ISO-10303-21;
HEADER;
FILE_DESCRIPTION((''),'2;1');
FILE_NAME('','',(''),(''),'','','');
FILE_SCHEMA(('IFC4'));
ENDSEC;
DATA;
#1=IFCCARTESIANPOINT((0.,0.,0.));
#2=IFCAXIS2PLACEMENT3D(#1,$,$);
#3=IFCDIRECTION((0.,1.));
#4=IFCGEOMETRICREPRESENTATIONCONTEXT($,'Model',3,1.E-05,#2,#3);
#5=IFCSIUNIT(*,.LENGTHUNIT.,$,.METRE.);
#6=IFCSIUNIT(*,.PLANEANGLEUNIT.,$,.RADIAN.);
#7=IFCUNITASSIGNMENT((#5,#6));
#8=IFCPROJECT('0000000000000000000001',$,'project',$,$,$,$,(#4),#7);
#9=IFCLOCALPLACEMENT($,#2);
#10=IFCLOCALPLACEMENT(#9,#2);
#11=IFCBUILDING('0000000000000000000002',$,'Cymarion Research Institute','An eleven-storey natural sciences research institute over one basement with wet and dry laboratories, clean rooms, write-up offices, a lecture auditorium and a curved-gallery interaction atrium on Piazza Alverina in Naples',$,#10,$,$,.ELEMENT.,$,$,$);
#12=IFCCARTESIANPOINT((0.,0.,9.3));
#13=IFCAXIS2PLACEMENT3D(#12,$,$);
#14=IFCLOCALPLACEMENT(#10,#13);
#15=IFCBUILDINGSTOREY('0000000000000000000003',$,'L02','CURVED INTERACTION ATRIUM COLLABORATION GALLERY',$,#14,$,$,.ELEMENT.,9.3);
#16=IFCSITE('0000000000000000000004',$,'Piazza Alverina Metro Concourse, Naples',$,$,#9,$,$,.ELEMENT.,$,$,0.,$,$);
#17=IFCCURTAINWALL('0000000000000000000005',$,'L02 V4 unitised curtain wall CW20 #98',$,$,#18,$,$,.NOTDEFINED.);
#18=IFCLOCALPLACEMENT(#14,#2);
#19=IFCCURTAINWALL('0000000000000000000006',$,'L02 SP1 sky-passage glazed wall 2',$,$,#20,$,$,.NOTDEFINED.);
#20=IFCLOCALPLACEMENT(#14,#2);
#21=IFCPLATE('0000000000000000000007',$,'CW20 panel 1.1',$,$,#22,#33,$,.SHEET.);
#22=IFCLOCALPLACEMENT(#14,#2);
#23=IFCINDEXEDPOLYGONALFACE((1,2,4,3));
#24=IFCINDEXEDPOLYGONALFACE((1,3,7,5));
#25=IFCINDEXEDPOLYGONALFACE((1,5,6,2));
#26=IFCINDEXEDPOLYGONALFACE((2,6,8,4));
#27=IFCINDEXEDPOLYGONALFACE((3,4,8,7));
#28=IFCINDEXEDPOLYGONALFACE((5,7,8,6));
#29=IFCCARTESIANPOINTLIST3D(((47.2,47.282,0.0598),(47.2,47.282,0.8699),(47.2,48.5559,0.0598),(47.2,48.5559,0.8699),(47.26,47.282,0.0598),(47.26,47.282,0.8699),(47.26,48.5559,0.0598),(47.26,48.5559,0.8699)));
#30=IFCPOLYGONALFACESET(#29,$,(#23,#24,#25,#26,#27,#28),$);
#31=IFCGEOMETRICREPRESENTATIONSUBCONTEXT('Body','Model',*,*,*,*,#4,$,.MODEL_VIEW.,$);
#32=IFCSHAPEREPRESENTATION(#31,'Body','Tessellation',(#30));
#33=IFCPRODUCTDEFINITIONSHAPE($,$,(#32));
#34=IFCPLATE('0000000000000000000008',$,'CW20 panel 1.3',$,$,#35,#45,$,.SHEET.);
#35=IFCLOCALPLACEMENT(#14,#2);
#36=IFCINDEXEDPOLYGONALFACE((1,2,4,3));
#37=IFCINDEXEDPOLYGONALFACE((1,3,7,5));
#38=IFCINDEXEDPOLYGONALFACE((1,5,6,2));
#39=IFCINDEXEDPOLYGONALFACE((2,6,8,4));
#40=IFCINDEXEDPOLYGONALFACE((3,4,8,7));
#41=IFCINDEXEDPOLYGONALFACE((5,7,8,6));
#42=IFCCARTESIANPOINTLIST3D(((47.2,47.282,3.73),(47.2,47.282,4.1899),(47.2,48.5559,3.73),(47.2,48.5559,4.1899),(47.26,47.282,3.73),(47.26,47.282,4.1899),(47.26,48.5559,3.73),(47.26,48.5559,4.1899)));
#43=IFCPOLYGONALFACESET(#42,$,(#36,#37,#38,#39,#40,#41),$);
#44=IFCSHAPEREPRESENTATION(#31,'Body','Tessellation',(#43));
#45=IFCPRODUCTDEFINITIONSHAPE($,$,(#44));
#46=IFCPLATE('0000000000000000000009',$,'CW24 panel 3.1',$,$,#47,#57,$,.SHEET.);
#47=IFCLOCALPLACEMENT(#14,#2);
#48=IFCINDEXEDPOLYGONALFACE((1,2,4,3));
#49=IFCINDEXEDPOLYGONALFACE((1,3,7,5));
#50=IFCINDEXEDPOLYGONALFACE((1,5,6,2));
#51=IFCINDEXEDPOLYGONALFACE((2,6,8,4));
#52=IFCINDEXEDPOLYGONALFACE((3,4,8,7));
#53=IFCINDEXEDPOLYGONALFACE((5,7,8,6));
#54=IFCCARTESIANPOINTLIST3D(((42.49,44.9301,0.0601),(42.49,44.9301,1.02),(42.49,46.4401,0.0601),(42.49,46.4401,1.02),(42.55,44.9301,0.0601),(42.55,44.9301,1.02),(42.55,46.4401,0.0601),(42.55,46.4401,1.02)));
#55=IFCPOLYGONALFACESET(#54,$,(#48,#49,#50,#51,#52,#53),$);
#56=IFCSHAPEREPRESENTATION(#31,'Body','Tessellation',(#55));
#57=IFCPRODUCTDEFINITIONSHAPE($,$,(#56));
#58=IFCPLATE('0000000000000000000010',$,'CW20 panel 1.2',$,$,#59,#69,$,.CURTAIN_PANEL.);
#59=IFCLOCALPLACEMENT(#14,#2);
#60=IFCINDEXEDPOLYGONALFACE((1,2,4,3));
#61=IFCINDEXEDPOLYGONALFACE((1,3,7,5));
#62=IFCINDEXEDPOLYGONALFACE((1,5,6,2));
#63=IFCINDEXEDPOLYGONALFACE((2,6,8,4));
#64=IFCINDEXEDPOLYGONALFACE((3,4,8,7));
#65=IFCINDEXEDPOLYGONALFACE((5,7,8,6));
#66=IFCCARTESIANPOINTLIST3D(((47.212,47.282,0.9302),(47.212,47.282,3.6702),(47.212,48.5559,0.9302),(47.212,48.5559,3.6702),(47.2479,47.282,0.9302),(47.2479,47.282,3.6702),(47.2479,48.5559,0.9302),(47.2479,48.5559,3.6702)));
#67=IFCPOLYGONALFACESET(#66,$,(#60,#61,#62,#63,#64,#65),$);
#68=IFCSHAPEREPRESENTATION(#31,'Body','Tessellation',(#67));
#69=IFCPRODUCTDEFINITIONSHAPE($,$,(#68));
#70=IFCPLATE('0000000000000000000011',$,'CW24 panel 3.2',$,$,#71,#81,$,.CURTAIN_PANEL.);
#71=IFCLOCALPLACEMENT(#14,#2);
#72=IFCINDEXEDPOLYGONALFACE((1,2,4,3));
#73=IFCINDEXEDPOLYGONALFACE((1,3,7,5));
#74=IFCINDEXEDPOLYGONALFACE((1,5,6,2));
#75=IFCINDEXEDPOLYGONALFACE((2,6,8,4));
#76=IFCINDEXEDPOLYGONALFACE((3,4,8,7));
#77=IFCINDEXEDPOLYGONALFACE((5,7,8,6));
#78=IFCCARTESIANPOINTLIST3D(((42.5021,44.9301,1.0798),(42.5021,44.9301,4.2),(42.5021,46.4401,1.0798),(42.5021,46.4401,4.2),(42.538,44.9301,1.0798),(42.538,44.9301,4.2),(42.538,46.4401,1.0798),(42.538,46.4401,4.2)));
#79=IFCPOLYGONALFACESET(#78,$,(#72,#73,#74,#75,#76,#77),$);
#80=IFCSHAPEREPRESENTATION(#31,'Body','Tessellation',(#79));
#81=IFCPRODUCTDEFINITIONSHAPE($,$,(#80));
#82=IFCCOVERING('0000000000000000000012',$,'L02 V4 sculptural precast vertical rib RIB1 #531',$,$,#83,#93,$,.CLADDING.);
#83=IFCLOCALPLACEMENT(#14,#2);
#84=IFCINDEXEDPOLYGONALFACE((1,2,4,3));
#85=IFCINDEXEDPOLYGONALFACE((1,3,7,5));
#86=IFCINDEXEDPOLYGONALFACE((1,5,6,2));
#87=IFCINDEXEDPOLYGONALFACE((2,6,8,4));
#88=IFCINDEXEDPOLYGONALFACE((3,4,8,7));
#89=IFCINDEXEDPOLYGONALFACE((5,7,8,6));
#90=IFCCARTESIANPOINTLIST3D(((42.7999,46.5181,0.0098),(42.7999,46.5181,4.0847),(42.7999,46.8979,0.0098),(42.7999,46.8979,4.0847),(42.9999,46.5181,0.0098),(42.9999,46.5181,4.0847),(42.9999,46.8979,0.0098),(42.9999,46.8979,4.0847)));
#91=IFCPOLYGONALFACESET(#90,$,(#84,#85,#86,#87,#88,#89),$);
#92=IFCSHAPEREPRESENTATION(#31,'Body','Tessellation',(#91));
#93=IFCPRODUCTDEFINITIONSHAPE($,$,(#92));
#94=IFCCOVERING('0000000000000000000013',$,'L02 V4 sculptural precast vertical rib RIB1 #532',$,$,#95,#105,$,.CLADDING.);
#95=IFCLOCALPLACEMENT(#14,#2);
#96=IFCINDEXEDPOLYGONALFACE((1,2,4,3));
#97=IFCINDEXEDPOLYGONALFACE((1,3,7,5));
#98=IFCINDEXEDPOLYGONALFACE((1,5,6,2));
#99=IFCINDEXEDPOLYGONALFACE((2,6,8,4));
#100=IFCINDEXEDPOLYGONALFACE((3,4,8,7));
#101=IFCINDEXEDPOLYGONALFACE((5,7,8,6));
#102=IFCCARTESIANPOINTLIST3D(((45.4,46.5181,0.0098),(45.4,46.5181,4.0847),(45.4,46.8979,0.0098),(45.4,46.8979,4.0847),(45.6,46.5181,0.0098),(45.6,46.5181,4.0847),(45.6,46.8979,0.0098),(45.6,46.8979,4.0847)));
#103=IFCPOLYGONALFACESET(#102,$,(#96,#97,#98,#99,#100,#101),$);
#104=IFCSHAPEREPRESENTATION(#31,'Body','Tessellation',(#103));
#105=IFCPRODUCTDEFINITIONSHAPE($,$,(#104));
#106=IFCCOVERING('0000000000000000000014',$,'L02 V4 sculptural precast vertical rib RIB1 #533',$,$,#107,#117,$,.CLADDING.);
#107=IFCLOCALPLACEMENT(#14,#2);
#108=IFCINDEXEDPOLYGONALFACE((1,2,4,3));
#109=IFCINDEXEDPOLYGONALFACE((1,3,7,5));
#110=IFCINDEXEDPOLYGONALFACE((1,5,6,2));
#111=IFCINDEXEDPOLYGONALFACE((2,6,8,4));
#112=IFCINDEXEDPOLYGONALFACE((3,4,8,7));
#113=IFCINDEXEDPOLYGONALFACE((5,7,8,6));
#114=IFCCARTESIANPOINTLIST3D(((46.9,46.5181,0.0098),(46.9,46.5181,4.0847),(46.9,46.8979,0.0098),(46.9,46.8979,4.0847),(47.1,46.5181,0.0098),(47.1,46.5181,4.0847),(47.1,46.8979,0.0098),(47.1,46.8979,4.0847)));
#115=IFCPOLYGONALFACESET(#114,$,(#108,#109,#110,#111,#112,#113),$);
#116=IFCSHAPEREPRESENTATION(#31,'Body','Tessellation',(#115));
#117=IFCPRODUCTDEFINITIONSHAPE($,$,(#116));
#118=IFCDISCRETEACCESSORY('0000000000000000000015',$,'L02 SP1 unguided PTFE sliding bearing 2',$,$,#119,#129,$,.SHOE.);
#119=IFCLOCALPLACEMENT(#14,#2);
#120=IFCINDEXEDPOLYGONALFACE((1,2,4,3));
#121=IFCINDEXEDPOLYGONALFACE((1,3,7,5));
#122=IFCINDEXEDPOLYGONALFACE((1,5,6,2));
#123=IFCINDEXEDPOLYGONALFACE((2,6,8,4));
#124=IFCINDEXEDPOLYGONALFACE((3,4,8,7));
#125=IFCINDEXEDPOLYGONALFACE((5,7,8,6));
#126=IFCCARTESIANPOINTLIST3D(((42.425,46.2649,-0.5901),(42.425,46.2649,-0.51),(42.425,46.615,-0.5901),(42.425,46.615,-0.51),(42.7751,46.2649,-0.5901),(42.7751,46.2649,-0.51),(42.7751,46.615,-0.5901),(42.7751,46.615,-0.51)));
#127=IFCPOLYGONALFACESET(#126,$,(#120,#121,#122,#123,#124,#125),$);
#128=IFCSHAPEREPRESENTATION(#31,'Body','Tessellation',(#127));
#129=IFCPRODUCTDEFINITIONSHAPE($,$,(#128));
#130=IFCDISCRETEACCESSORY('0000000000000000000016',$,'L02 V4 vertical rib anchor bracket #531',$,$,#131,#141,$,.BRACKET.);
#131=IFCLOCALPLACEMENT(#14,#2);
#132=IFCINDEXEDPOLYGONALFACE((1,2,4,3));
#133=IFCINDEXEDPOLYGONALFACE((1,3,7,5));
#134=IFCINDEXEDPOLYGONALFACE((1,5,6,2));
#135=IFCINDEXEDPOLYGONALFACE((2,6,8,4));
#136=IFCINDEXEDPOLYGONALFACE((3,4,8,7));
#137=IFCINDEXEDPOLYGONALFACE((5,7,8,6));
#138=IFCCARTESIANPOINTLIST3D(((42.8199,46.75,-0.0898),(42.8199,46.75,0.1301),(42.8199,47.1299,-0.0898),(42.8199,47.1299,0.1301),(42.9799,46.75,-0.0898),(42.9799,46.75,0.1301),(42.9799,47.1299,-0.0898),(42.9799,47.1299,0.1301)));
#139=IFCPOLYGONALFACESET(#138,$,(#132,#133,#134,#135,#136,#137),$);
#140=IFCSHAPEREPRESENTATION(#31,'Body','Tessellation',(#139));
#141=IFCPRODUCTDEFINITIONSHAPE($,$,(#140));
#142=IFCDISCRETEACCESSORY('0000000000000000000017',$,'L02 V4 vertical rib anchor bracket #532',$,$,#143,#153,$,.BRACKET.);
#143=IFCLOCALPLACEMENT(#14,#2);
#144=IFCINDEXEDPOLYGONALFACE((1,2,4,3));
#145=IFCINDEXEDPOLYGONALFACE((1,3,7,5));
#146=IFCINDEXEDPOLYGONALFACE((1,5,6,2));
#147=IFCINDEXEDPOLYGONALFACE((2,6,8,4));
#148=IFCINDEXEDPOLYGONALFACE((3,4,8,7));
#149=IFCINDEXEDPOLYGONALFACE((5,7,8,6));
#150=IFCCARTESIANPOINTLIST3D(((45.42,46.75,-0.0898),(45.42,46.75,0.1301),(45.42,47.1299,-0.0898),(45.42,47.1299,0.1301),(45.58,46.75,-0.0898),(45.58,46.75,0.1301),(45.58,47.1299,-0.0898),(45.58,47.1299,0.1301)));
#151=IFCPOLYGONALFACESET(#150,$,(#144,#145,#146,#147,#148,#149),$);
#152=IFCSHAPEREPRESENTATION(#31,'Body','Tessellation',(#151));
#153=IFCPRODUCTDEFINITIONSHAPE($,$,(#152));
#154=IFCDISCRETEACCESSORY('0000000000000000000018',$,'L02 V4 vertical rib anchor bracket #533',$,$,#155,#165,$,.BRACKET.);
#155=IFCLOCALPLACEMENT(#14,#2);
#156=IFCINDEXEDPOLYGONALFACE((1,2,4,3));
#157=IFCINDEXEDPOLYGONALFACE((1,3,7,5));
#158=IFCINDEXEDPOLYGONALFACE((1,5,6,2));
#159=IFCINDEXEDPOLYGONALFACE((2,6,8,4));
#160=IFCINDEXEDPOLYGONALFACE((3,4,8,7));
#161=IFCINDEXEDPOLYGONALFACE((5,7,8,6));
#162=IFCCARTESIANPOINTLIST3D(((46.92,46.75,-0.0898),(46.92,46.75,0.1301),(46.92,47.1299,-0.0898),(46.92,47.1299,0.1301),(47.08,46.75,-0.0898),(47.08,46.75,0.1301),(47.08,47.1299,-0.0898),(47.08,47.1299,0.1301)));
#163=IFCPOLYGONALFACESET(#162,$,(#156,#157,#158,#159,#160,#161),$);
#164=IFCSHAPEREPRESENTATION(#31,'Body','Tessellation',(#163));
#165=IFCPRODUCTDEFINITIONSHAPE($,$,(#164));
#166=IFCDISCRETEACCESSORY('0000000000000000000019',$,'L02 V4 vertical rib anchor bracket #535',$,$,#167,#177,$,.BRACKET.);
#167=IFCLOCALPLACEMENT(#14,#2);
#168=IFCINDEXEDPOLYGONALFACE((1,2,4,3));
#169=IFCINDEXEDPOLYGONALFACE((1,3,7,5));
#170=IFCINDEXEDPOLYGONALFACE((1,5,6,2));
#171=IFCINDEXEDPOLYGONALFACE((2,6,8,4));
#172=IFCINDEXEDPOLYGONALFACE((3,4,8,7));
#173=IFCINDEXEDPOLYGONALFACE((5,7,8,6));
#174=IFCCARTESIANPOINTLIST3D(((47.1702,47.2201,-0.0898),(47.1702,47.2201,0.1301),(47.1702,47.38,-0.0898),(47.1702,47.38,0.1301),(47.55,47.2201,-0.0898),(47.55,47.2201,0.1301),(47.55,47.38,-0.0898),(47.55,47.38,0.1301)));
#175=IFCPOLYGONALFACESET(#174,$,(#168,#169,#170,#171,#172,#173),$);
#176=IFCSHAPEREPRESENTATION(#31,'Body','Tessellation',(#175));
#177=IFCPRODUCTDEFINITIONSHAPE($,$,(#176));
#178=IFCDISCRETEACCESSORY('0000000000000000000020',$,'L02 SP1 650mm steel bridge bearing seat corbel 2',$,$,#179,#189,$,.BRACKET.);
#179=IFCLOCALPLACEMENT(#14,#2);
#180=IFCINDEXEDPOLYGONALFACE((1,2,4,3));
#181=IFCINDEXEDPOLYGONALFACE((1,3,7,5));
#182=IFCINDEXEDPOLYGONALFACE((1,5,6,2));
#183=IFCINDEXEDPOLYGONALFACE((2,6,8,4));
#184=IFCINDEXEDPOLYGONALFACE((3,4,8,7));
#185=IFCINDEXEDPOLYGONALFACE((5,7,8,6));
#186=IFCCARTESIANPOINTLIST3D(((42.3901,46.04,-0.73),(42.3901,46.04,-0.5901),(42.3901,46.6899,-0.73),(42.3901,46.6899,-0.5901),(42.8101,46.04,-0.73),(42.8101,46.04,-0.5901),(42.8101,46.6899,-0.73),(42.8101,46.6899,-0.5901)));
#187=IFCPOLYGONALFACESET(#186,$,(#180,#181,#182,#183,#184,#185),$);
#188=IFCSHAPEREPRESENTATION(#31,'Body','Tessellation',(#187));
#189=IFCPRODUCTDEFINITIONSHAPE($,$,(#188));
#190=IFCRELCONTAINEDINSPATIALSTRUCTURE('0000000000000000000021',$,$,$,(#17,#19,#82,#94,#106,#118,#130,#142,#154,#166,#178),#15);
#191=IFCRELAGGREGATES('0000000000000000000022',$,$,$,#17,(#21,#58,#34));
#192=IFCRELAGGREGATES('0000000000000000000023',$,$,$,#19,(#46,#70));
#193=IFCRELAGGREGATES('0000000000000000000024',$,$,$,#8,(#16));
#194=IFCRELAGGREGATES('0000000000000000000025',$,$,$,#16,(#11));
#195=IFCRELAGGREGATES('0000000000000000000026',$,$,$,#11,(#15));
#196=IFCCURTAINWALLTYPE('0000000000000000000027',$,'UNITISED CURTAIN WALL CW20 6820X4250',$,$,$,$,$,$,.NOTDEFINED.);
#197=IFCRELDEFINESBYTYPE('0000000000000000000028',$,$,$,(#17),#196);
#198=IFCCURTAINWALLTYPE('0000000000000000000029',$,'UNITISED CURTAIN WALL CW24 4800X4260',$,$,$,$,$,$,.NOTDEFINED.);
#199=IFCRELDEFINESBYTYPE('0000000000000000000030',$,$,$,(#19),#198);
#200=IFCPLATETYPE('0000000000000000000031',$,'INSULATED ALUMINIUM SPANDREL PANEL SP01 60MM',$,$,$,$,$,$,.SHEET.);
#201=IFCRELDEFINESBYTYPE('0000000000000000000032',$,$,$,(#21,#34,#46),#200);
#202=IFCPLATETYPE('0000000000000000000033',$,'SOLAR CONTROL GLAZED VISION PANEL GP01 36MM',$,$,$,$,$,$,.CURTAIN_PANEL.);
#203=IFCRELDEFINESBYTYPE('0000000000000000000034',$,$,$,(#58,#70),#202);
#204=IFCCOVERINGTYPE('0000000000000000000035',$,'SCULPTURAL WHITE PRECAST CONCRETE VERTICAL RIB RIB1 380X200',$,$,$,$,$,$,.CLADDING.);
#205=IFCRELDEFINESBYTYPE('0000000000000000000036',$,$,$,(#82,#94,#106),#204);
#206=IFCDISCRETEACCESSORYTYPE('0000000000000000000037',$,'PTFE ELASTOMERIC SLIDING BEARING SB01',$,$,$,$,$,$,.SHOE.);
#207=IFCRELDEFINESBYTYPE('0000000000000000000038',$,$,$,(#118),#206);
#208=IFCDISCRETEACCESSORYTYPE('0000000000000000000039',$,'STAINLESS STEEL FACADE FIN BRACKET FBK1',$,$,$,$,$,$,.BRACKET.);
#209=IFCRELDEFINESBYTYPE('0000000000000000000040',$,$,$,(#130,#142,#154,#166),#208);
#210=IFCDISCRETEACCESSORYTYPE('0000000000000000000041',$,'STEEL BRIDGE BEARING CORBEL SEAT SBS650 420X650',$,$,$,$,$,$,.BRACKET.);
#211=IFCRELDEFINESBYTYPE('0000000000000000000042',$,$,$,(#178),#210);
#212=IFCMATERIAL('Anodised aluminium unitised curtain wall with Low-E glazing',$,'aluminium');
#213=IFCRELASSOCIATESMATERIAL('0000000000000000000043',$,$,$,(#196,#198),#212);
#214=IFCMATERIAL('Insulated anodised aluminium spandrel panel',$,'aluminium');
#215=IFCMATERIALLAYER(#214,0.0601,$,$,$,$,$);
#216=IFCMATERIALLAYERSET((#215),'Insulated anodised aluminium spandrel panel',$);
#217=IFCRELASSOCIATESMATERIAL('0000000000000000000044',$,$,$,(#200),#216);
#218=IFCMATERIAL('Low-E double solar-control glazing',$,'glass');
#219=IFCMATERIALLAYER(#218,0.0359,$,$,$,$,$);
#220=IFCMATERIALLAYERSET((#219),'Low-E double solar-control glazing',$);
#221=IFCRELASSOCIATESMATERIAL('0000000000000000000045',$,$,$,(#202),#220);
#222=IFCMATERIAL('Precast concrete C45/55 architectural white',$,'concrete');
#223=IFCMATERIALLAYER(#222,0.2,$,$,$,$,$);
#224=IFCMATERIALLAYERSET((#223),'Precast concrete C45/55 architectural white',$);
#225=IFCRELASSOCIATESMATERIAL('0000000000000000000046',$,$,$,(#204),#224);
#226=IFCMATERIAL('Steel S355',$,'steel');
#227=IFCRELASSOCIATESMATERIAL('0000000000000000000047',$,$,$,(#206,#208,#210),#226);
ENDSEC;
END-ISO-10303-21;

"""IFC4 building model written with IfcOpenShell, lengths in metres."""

from ifc_helpers import new_model, si_unit, direction, frame, origin, origin_2d, place, context, subcontext, project, spatial, rectangle, extrude, material, layer, layer_set, type_object, element, aggregate, save


model = new_model("IFC4")

# Units and contexts
model_context = context("Model", 3, precision=1e-05, world=origin(), true_north=direction((0.0, 1.0)))
body_context = subcontext(model_context, "Body", "Model", "MODEL_VIEW")
ifc_project = project(units=[si_unit("LENGTHUNIT", "METRE"), si_unit("PLANEANGLEUNIT", "RADIAN")], contexts=[model_context])

# Site, building, storey
site_placement = place(None, origin())
site = spatial("IfcSite", under=ifc_project, at=site_placement, Name="Piazza Alverina Metro Concourse, Naples", CompositionType="ELEMENT", RefElevation=0.0)
building_placement = place(site_placement, origin())
building = spatial("IfcBuilding", under=site, at=building_placement, Name="Cymarion Research Institute", Description="An eleven-storey natural sciences research institute over one basement with wet and dry laboratories, clean rooms, write-up offices, a lecture auditorium and a curved-gallery interaction atrium on Piazza Alverina in Naples", CompositionType="ELEMENT")
storey_placement = place(building_placement, frame((0.0, 0.0, 9.3)))
storey = spatial("IfcBuildingStorey", under=building, at=storey_placement, Name="L02", Description="CURVED INTERACTION ATRIUM COLLABORATION GALLERY", CompositionType="ELEMENT", Elevation=9.3)

# Shared definitions
ifc_material_1 = material(Name="Steel S355", Category="steel")

# Curtain wall
ifc_material_2 = material(Name="Anodised aluminium unitised curtain wall with Low-E glazing", Category="aluminium")
curtain_wall_type_1 = type_object("IfcCurtainWallType", Name="UNITISED CURTAIN WALL CW20 6820X4250", PredefinedType="NOTDEFINED", material=ifc_material_2)
curtain_wall_1_placement = place(storey_placement, origin())
curtain_wall_1 = element("IfcCurtainWall", 1, at=curtain_wall_1_placement, inside=storey, type_object=curtain_wall_type_1, Name="L02 V4 unitised curtain wall CW20 #98", PredefinedType="NOTDEFINED")

# Curtain wall
curtain_wall_type_2 = type_object("IfcCurtainWallType", Name="UNITISED CURTAIN WALL CW24 4800X4260", PredefinedType="NOTDEFINED", material=ifc_material_2)
curtain_wall_2_placement = place(storey_placement, origin())
curtain_wall_2 = element("IfcCurtainWall", 2, at=curtain_wall_2_placement, inside=storey, type_object=curtain_wall_type_2, Name="L02 SP1 sky-passage glazed wall 2", PredefinedType="NOTDEFINED")

# Plates
ifc_material_3 = material(Name="Insulated anodised aluminium spandrel panel", Category="aluminium")
ifc_layer_1 = layer(ifc_material_3, 0.0601)
ifc_layer_set_1 = layer_set([ifc_layer_1], Name="Insulated anodised aluminium spandrel panel")
plate_type_1 = type_object("IfcPlateType", Name="INSULATED ALUMINIUM SPANDREL PANEL SP01 60MM", PredefinedType="SHEET", material=ifc_layer_set_1)
plate_1_placement = place(storey_placement, frame((47.23, 47.9189, 0.0598), z_axis=(0.0, 0.0, 1.0), x_axis=(0.0, 1.0, 0.0)))
plate_1 = element("IfcPlate", 3, at=plate_1_placement, type_object=plate_type_1, Name="CW20 panel 1.1", PredefinedType="SHEET", context=body_context, shape_type="SweptSolid", body=[
    extrude(rectangle(XDim=1.2739, YDim=0.0601, at=origin_2d()), origin(), (0.0, 0.0, 1.0), 0.8101),
])
plate_2_placement = place(storey_placement, frame((47.23, 47.9189, 3.73), z_axis=(0.0, 0.0, 1.0), x_axis=(0.0, 1.0, 0.0)))
plate_2 = element("IfcPlate", 4, at=plate_2_placement, type_object=plate_type_1, Name="CW20 panel 1.3", PredefinedType="SHEET", context=body_context, shape_type="SweptSolid", body=[
    extrude(rectangle(XDim=1.2739, YDim=0.0601, at=origin_2d()), origin(), (0.0, 0.0, 1.0), 0.46),
])
plate_3_placement = place(storey_placement, frame((42.52, 45.6851, 0.0601), z_axis=(0.0, 0.0, 1.0), x_axis=(0.0, 1.0, 0.0)))
plate_3 = element("IfcPlate", 5, at=plate_3_placement, type_object=plate_type_1, Name="CW24 panel 3.1", PredefinedType="SHEET", context=body_context, shape_type="SweptSolid", body=[
    extrude(rectangle(XDim=1.51, YDim=0.0601, at=origin_2d()), origin(), (0.0, 0.0, 1.0), 0.96),
])
ifc_material_4 = material(Name="Low-E double solar-control glazing", Category="glass")
ifc_layer_2 = layer(ifc_material_4, 0.0359)
ifc_layer_set_2 = layer_set([ifc_layer_2], Name="Low-E double solar-control glazing")
plate_type_2 = type_object("IfcPlateType", Name="SOLAR CONTROL GLAZED VISION PANEL GP01 36MM", PredefinedType="CURTAIN_PANEL", material=ifc_layer_set_2)
plate_4_placement = place(storey_placement, frame((47.23, 47.9189, 0.9302), z_axis=(0.0, 0.0, 1.0), x_axis=(0.0, 1.0, 0.0)))
plate_4 = element("IfcPlate", 6, at=plate_4_placement, type_object=plate_type_2, Name="CW20 panel 1.2", PredefinedType="CURTAIN_PANEL", context=body_context, shape_type="SweptSolid", body=[
    extrude(rectangle(XDim=1.2739, YDim=0.0359, at=origin_2d()), origin(), (0.0, 0.0, 1.0), 2.74),
])
aggregate(curtain_wall_1, [plate_1, plate_4, plate_2])
plate_5_placement = place(storey_placement, frame((42.52, 45.6851, 1.0798), z_axis=(0.0, 0.0, 1.0), x_axis=(0.0, 1.0, 0.0)))
plate_5 = element("IfcPlate", 7, at=plate_5_placement, type_object=plate_type_2, Name="CW24 panel 3.2", PredefinedType="CURTAIN_PANEL", context=body_context, shape_type="SweptSolid", body=[
    extrude(rectangle(XDim=1.51, YDim=0.0359, at=origin_2d()), origin(), (0.0, 0.0, 1.0), 3.1201),
])
aggregate(curtain_wall_2, [plate_3, plate_5])

# Coverings
ifc_material_5 = material(Name="Precast concrete C45/55 architectural white", Category="concrete")
ifc_layer_3 = layer(ifc_material_5, 0.2)
ifc_layer_set_3 = layer_set([ifc_layer_3], Name="Precast concrete C45/55 architectural white")
covering_type = type_object("IfcCoveringType", Name="SCULPTURAL WHITE PRECAST CONCRETE VERTICAL RIB RIB1 380X200", PredefinedType="CLADDING", material=ifc_layer_set_3)
for number, where, z_axis, x_axis, name in (
    (8, (42.8999, 46.708, 0.0098), (0.0, 0.0, 1.0), (0.0, -1.0, 0.0), "L02 V4 sculptural precast vertical rib RIB1 #531"),
    (9, (45.5, 46.708, 0.0098), (0.0, 0.0, 1.0), (0.0, -1.0, 0.0), "L02 V4 sculptural precast vertical rib RIB1 #532"),
    (10, (47.0, 46.708, 0.0098), (0.0, 0.0, 1.0), (0.0, -1.0, 0.0), "L02 V4 sculptural precast vertical rib RIB1 #533"),
):
    element("IfcCovering", number, at=place(storey_placement, frame(where, z_axis=z_axis, x_axis=x_axis)), inside=storey, type_object=covering_type, Name=name, PredefinedType="CLADDING", context=body_context, shape_type="SweptSolid", body=[
        extrude(rectangle(XDim=0.3799, YDim=0.2, at=origin_2d()), origin(), (0.0, 0.0, 1.0), 4.075),
    ])

# Discrete accessories
discrete_accessory_type_1 = type_object("IfcDiscreteAccessoryType", Name="PTFE ELASTOMERIC SLIDING BEARING SB01", PredefinedType="SHOE", material=ifc_material_1)
discrete_accessory_1_placement = place(storey_placement, frame((42.6001, 46.4399, -0.5901), z_axis=(0.0, 0.0, 1.0), x_axis=(1.0, 0.0, 0.0)))
element("IfcDiscreteAccessory", 11, at=discrete_accessory_1_placement, inside=storey, type_object=discrete_accessory_type_1, Name="L02 SP1 unguided PTFE sliding bearing 2", PredefinedType="SHOE", context=body_context, shape_type="SweptSolid", body=[
    extrude(rectangle(XDim=0.3501, YDim=0.3501, at=origin_2d()), origin(), (0.0, 0.0, 1.0), 0.0801),
])
discrete_accessory_type_2 = type_object("IfcDiscreteAccessoryType", Name="STAINLESS STEEL FACADE FIN BRACKET FBK1", PredefinedType="BRACKET", material=ifc_material_1)
for number, where, z_axis, x_axis, name in (
    (12, (42.8999, 46.9399, -0.0898), (0.0, 0.0, 1.0), (0.0, -1.0, 0.0), "L02 V4 vertical rib anchor bracket #531"),
    (13, (45.5, 46.9399, -0.0898), (0.0, 0.0, 1.0), (0.0, -1.0, 0.0), "L02 V4 vertical rib anchor bracket #532"),
    (14, (47.0, 46.9399, -0.0898), (0.0, 0.0, 1.0), (0.0, -1.0, 0.0), "L02 V4 vertical rib anchor bracket #533"),
    (15, (47.3601, 47.3, -0.0898), (0.0, 0.0, 1.0), (1.0, 0.0, 0.0), "L02 V4 vertical rib anchor bracket #535"),
):
    element("IfcDiscreteAccessory", number, at=place(storey_placement, frame(where, z_axis=z_axis, x_axis=x_axis)), inside=storey, type_object=discrete_accessory_type_2, Name=name, PredefinedType="BRACKET", context=body_context, shape_type="SweptSolid", body=[
        extrude(rectangle(XDim=0.3799, YDim=0.1599, at=origin_2d()), origin(), (0.0, 0.0, 1.0), 0.22),
    ])
discrete_accessory_type_3 = type_object("IfcDiscreteAccessoryType", Name="STEEL BRIDGE BEARING CORBEL SEAT SBS650 420X650", PredefinedType="BRACKET", material=ifc_material_1)
discrete_accessory_2_placement = place(storey_placement, frame((42.6001, 46.365, -0.73), z_axis=(0.0, 0.0, 1.0), x_axis=(1.0, 0.0, 0.0)))
element("IfcDiscreteAccessory", 16, at=discrete_accessory_2_placement, inside=storey, type_object=discrete_accessory_type_3, Name="L02 SP1 650mm steel bridge bearing seat corbel 2", PredefinedType="BRACKET", context=body_context, shape_type="SweptSolid", body=[
    extrude(rectangle(XDim=0.4199, YDim=0.6499, at=origin_2d()), origin(), (0.0, 0.0, 1.0), 0.1399),
])

save(model, "model.ifc")
